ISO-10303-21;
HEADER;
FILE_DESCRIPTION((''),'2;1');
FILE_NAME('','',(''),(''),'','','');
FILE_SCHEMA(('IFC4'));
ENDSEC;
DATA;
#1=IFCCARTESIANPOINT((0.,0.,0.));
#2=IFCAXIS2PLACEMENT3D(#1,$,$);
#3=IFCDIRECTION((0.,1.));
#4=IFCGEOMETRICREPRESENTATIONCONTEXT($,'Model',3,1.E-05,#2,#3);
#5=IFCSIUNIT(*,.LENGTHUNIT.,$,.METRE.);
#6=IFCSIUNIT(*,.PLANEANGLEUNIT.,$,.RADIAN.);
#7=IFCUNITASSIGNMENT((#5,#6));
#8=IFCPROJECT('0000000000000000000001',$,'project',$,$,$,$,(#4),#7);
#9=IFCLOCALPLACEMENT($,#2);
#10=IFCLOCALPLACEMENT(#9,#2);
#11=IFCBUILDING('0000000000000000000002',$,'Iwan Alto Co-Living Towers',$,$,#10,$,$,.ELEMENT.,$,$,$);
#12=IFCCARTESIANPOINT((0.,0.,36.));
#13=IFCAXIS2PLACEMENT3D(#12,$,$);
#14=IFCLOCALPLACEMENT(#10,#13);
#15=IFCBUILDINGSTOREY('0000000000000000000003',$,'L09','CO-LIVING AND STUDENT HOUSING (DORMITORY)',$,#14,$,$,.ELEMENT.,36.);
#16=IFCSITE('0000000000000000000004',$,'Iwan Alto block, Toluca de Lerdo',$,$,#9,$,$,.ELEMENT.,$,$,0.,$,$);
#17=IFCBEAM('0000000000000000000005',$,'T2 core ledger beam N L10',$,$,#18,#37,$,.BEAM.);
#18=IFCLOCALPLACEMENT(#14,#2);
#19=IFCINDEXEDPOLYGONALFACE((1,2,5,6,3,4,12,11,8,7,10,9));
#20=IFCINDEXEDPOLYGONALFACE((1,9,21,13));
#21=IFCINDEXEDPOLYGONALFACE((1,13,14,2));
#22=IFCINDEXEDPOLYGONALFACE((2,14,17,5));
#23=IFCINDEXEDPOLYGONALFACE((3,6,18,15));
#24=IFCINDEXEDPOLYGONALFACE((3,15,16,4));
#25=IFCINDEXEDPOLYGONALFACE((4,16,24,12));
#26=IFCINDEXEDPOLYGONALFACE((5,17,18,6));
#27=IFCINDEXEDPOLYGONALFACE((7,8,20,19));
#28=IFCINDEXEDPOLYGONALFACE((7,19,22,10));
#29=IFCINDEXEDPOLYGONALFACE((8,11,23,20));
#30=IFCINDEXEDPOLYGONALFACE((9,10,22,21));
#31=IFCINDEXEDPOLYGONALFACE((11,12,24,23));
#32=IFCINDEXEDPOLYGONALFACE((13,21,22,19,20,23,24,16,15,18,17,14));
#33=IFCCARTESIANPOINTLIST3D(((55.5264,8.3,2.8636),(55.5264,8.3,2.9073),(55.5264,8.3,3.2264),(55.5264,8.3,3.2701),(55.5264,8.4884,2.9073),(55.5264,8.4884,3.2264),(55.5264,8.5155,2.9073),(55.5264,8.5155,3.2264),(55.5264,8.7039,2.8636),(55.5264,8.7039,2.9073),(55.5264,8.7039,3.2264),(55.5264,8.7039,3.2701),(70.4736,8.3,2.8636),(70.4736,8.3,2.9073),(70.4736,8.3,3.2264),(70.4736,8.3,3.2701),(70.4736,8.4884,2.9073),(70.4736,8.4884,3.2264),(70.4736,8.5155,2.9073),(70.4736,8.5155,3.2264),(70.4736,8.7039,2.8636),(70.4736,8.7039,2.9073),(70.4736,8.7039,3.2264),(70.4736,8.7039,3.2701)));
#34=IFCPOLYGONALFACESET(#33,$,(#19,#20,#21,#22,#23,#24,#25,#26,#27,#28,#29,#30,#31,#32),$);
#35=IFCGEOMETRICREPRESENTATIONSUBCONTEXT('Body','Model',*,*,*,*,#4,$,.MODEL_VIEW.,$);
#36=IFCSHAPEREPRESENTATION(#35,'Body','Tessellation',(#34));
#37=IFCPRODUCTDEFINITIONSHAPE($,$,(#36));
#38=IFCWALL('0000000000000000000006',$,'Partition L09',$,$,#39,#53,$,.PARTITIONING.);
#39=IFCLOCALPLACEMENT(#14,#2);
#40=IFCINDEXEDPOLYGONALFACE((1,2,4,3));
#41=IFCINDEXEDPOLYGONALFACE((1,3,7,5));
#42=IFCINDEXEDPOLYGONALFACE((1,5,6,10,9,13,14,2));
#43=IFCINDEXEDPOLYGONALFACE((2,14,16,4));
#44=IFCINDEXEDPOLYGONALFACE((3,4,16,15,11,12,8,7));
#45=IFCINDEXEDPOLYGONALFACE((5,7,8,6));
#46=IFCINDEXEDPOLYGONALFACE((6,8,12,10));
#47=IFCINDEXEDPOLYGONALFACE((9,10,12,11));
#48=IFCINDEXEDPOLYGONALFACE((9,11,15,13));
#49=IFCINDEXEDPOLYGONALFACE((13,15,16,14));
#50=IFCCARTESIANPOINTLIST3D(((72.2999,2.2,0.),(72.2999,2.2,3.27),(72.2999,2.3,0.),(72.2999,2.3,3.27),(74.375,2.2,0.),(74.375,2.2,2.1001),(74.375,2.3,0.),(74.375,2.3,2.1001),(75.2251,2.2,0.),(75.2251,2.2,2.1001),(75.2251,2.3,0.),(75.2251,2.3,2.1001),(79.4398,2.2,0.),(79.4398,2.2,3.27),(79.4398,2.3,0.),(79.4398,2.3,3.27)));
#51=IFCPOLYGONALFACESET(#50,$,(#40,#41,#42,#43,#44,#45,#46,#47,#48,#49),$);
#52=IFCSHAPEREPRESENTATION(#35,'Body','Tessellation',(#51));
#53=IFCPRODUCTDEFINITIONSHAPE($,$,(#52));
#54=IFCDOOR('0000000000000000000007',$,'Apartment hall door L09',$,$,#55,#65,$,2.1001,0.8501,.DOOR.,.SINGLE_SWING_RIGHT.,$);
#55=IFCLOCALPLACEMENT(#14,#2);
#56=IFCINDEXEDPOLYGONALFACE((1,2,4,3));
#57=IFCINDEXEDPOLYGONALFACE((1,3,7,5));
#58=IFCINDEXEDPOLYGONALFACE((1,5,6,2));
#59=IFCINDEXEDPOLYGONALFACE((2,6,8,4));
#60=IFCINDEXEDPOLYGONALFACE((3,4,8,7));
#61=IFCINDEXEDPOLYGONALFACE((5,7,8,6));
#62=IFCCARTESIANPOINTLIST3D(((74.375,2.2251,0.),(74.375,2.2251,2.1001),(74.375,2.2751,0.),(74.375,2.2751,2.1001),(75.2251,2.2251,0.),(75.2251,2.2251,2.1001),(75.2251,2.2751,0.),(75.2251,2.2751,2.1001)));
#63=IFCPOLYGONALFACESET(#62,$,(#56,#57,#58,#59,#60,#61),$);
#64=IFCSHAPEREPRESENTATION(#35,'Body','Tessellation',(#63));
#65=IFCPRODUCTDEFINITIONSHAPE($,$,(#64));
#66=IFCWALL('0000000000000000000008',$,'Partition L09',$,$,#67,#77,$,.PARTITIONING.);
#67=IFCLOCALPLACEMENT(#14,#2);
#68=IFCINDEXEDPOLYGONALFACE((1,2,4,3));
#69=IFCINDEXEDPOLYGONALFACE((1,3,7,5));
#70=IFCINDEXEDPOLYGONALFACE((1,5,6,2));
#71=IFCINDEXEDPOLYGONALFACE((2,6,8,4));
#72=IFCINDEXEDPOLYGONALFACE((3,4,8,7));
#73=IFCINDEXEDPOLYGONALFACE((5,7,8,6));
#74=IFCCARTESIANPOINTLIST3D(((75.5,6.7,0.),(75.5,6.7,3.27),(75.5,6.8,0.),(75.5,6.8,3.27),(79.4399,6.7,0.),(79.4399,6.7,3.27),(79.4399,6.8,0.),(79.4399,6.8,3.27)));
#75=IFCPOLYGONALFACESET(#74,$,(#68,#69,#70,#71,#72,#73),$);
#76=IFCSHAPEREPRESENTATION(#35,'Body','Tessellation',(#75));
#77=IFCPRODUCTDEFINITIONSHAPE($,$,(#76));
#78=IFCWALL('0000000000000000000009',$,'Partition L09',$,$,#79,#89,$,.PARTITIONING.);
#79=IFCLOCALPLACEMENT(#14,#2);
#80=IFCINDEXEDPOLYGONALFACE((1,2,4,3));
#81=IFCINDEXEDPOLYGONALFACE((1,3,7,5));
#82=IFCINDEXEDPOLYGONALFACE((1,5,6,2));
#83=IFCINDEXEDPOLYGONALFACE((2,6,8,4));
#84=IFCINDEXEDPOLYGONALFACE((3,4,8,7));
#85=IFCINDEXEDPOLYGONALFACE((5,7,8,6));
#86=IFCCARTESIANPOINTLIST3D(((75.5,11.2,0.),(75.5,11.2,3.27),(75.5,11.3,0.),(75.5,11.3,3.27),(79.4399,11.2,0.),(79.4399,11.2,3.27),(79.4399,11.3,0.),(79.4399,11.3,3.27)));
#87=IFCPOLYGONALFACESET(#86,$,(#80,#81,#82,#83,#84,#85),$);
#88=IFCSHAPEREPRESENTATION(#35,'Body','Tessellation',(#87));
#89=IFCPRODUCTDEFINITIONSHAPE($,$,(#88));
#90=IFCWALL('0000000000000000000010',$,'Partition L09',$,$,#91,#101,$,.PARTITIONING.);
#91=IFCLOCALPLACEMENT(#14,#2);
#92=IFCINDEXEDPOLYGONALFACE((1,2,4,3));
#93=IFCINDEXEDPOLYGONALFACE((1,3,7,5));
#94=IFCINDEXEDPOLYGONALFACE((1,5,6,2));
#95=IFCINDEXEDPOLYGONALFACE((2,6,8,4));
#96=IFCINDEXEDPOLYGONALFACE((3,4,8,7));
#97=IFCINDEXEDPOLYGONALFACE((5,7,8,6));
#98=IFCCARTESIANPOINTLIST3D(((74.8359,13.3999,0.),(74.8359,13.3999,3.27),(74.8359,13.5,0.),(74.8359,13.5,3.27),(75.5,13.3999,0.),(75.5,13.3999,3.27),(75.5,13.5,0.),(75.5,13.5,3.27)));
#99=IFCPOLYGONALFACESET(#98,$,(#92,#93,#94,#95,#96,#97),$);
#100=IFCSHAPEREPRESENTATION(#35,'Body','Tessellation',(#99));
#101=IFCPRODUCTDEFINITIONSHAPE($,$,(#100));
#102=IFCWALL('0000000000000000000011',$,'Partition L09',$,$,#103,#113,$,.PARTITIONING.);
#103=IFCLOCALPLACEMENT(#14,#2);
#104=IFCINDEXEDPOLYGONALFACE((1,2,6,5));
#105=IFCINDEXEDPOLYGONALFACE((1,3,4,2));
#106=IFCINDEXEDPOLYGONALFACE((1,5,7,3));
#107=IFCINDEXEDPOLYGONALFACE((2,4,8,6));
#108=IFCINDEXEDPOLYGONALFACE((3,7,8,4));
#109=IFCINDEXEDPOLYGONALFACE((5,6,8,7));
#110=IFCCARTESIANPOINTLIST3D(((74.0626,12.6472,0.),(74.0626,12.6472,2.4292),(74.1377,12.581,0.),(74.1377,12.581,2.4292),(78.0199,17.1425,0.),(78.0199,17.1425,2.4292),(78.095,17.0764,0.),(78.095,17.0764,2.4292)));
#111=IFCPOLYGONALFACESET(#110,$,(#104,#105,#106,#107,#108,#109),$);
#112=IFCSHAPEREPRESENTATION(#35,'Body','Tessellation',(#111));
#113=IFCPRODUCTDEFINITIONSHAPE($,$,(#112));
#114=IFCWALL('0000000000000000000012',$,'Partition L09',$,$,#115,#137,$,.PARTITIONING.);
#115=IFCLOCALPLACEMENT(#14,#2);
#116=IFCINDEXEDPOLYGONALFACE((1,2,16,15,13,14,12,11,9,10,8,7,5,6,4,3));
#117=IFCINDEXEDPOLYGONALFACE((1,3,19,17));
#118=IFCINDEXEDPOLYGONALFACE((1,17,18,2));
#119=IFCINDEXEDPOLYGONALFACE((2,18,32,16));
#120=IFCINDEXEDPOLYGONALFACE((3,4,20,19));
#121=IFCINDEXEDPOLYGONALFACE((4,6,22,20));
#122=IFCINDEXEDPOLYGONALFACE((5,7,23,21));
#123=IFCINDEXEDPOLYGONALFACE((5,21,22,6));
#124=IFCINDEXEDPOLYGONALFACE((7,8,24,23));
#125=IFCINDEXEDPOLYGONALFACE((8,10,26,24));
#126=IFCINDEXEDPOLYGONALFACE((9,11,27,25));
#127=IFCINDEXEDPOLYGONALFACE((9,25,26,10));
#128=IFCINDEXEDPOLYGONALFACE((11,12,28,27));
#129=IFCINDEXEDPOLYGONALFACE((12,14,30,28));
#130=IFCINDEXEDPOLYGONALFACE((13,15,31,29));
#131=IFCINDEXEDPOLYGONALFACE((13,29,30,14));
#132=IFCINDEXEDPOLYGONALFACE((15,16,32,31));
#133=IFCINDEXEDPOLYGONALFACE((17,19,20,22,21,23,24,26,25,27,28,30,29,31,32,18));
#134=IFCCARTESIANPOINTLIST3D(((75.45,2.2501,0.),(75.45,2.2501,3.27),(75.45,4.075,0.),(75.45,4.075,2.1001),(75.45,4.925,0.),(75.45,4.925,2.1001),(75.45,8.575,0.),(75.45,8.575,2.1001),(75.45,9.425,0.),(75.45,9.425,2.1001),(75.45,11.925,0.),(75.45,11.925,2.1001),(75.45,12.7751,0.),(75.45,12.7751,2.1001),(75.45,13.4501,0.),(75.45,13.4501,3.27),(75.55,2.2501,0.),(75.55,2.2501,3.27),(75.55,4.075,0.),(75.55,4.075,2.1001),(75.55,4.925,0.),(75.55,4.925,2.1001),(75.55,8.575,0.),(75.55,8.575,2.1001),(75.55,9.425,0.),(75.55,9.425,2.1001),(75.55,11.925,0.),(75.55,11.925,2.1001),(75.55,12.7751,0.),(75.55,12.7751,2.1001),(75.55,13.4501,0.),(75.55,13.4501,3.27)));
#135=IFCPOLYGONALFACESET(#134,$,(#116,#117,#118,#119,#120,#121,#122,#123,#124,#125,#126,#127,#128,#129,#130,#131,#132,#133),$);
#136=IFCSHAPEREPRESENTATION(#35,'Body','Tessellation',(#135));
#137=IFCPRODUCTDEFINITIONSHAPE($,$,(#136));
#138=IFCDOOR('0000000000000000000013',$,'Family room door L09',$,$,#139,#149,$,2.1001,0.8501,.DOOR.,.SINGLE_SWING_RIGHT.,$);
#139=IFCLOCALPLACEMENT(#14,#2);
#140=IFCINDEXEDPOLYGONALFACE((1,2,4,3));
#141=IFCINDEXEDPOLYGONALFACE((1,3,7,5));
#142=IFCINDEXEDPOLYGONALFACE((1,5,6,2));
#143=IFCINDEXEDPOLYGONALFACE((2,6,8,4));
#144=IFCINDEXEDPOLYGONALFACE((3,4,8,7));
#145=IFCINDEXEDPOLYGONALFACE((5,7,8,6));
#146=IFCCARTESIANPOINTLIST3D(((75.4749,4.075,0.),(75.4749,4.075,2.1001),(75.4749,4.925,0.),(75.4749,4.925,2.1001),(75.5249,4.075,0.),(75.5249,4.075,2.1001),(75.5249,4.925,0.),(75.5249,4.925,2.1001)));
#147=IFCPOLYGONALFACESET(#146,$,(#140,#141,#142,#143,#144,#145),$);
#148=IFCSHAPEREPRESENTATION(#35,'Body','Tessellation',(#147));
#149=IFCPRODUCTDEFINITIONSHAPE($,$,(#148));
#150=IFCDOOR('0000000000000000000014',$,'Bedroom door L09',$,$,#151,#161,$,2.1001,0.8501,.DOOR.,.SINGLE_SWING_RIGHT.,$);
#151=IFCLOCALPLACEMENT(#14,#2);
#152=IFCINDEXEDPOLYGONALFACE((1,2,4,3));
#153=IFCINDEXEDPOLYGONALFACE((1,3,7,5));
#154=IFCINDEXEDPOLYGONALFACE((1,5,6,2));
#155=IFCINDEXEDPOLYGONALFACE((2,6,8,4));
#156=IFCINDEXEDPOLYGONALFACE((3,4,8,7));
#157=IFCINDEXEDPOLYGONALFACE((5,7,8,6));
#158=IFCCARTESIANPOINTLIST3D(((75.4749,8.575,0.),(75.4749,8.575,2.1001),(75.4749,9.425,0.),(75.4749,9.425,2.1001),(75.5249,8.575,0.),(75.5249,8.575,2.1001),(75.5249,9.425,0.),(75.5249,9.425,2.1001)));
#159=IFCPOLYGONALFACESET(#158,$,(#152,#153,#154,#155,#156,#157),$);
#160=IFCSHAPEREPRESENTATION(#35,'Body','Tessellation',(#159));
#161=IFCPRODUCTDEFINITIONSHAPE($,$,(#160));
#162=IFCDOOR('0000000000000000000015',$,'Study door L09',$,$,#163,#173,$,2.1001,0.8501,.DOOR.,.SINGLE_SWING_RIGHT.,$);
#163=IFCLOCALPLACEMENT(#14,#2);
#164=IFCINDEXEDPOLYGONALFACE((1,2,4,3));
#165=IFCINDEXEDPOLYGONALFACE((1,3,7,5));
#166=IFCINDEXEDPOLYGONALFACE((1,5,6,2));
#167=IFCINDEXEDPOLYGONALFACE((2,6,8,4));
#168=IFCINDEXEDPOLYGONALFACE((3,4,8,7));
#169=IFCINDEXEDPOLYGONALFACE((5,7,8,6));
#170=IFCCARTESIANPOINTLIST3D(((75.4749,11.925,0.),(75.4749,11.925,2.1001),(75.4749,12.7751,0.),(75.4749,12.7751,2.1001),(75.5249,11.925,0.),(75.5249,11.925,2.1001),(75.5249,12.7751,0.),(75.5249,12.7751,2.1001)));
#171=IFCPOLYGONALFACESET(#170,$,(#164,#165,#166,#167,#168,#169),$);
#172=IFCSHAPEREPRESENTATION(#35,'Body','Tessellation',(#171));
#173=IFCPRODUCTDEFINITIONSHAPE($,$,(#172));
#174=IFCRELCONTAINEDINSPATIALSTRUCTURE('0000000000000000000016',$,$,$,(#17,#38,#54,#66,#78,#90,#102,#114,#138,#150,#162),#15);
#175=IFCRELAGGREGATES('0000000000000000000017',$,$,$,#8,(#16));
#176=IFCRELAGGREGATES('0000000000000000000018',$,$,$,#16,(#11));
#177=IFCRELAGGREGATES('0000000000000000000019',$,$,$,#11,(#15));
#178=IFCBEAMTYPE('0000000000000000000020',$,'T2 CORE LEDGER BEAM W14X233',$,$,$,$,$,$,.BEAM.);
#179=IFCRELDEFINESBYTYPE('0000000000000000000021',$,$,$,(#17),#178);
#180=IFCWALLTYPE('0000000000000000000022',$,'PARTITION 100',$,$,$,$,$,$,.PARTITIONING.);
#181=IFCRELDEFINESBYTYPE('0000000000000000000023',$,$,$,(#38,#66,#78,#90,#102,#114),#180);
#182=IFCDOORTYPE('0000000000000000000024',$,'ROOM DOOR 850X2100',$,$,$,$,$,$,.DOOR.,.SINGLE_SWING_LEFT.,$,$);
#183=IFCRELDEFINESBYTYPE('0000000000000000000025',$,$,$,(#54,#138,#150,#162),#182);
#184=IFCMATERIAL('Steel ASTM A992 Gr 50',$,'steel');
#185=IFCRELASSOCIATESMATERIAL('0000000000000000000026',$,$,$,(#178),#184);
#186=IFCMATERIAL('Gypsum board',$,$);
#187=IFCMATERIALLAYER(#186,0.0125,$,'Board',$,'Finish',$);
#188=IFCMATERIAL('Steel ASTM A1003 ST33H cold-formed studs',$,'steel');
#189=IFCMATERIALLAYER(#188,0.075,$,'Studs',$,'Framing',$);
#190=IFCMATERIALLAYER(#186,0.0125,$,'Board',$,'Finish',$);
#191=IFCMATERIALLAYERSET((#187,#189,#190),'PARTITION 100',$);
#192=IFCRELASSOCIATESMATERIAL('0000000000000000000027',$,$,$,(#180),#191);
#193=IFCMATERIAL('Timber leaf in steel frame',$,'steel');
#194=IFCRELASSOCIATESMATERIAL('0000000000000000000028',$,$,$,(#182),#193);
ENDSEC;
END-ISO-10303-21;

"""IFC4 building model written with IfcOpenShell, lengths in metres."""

from ifc_helpers import new_model, si_unit, direction, frame, frame_2d, origin, origin_2d, place, context, subcontext, project, spatial, rectangle, i_section, extrude, material, layer, layer_set, material_profile, profile_set, type_object, element, fill, save


model = new_model("IFC4")

# Units and contexts
model_context = context("Model", 3, precision=1e-05, world=origin(), true_north=direction((0.0, 1.0)))
body_context = subcontext(model_context, "Body", "Model", "MODEL_VIEW")
ifc_project = project(units=[si_unit("LENGTHUNIT", "METRE"), si_unit("PLANEANGLEUNIT", "RADIAN")], contexts=[model_context])

# Site, building, storey
site_placement = place(None, origin())
site = spatial("IfcSite", under=ifc_project, at=site_placement, Name="Iwan Alto block, Toluca de Lerdo", CompositionType="ELEMENT", RefElevation=0.0)
building_placement = place(site_placement, origin())
building = spatial("IfcBuilding", under=site, at=building_placement, Name="Iwan Alto Co-Living Towers", CompositionType="ELEMENT")
storey_placement = place(building_placement, frame((0.0, 0.0, 36.0)))
storey = spatial("IfcBuildingStorey", under=building, at=storey_placement, Name="L09", Description="CO-LIVING AND STUDENT HOUSING (DORMITORY)", CompositionType="ELEMENT", Elevation=36.0)

# Beam
ifc_material_1 = material(Name="Steel ASTM A992 Gr 50", Category="steel")
ifc_material_profile = material_profile(ifc_material_1, i_section(OverallWidth=0.4038, OverallDepth=0.4065, WebThickness=0.0271, FlangeThickness=0.0437, at=origin_2d()), Name="W14X233")
ifc_profile_set = profile_set([ifc_material_profile], Name="Steel ASTM A992 Gr 50")
beam_type = type_object("IfcBeamType", Name="T2 CORE LEDGER BEAM W14X233", PredefinedType="BEAM", material=ifc_profile_set)
beam_placement = place(storey_placement, frame((70.4736, 8.502, 3.0669), z_axis=(-1.0, 0.0, 0.0), x_axis=(0.0, -1.0, 0.0)))
element("IfcBeam", 1, at=beam_placement, inside=storey, type_object=beam_type, Name="T2 core ledger beam N L10", PredefinedType="BEAM", context=body_context, shape_type="SweptSolid", body=[
    extrude(i_section(OverallWidth=0.4038, OverallDepth=0.4065, WebThickness=0.0271, FlangeThickness=0.0437, at=origin_2d()), origin(), (0.0, 0.0, 1.0), 14.9473),
])

# Wall, opening, door
ifc_material_2 = material(Name="Gypsum board")
ifc_layer_1 = layer(ifc_material_2, 0.0125, Name="Board", Category="Finish")
ifc_material_3 = material(Name="Steel ASTM A1003 ST33H cold-formed studs", Category="steel")
ifc_layer_2 = layer(ifc_material_3, 0.075, Name="Studs", Category="Framing")
ifc_layer_3 = layer(ifc_material_2, 0.0125, Name="Board", Category="Finish")
ifc_layer_set_1 = layer_set([ifc_layer_1, ifc_layer_2, ifc_layer_3], Name="PARTITION 100")
wall_type_1 = type_object("IfcWallType", Name="PARTITION 100", PredefinedType="PARTITIONING", material=ifc_layer_set_1)
wall_1_placement = place(storey_placement, frame((72.3, 2.25, 0.0), z_axis=(0.0, 0.0, 1.0), x_axis=(1.0, 0.0, 0.0)))
wall_1 = element("IfcWall", 2, at=wall_1_placement, inside=storey, type_object=wall_type_1, Name="Partition L09", PredefinedType="PARTITIONING", context=body_context, shape_type="SweptSolid", body=[
    extrude(rectangle(XDim=7.1399, YDim=0.1001, at=frame_2d((3.5698, 0.0))), origin(), (0.0, 0.0, 1.0), 3.27),
])
opening_1_placement = place(wall_1_placement, frame((2.075, 0.0, 0.0)))
opening_1 = element("IfcOpeningElement", 3, at=opening_1_placement, cuts=wall_1, PredefinedType="OPENING", context=body_context, shape_type="SweptSolid", body=[
    extrude(rectangle(XDim=0.8501, YDim=2.1001, at=frame_2d((0.425, 1.05))), frame((0.0, 0.0601, 0.0), z_axis=(0.0, -1.0, 0.0), x_axis=(1.0, 0.0, 0.0)), (0.0, 0.0, 1.0), 0.1201),
])
ifc_material_4 = material(Name="Timber leaf in steel frame", Category="steel")
door_type_1 = type_object("IfcDoorType", Name="ROOM DOOR 850X2100", OperationType="SINGLE_SWING_LEFT", PredefinedType="DOOR", material=ifc_material_4)
door_1_placement = place(opening_1_placement, frame((0.8501, 0.0, 0.0), z_axis=(0.0, 0.0, 1.0), x_axis=(-1.0, 0.0, 0.0)))
door_1 = element("IfcDoor", 4, at=door_1_placement, inside=storey, type_object=door_type_1, Name="Apartment hall door L09", OperationType="SINGLE_SWING_RIGHT", OverallHeight=2.1001, OverallWidth=0.8501, PredefinedType="DOOR", context=body_context, shape_type="SweptSolid", body=[
    extrude(rectangle(XDim=0.8501, YDim=2.1001, at=frame_2d((0.425, 1.05))), frame((0.0, 0.0249, 0.0), z_axis=(0.0, -1.0, 0.0), x_axis=(1.0, 0.0, 0.0)), (0.0, 0.0, 1.0), 0.05),
])
fill(opening_1, door_1)

# Walls
for number, where, z_axis, x_axis, name in (
    (5, (75.5, 6.75, 0.0), (0.0, 0.0, 1.0), (1.0, 0.0, 0.0), "Partition L09"),
    (6, (75.5, 11.25, 0.0), (0.0, 0.0, 1.0), (1.0, 0.0, 0.0), "Partition L09"),
):
    element("IfcWall", number, at=place(storey_placement, frame(where, z_axis=z_axis, x_axis=x_axis)), inside=storey, type_object=wall_type_1, Name=name, PredefinedType="PARTITIONING", context=body_context, shape_type="SweptSolid", body=[
        extrude(rectangle(XDim=3.9399, YDim=0.1001, at=frame_2d((1.97, 0.0))), origin(), (0.0, 0.0, 1.0), 3.27),
    ])
wall_2_placement = place(storey_placement, frame((74.8359, 13.45, 0.0), z_axis=(0.0, 0.0, 1.0), x_axis=(1.0, 0.0, 0.0)))
element("IfcWall", 7, at=wall_2_placement, inside=storey, type_object=wall_type_1, Name="Partition L09", PredefinedType="PARTITIONING", context=body_context, shape_type="SweptSolid", body=[
    extrude(rectangle(XDim=0.6641, YDim=0.1001, at=frame_2d((0.332, 0.0))), origin(), (0.0, 0.0, 1.0), 3.27),
])
wall_3_placement = place(storey_placement, frame((74.1001, 12.614, 0.0), z_axis=(0.0, 0.0, 1.0), x_axis=(0.660756, 0.750601, 0.0)))
element("IfcWall", 8, at=wall_3_placement, inside=storey, type_object=wall_type_1, Name="Partition L09", PredefinedType="PARTITIONING", context=body_context, shape_type="SweptSolid", body=[
    extrude(rectangle(XDim=5.989, YDim=0.1001, at=frame_2d((2.9946, 0.0))), origin(), (0.0, 0.0, 1.0), 2.4292),
])

# Wall, openings, doors
wall_4_placement = place(storey_placement, frame((75.5, 2.25, 0.0), z_axis=(0.0, 0.0, 1.0), x_axis=(0.0, 1.0, 0.0)))
wall_4 = element("IfcWall", 9, at=wall_4_placement, inside=storey, type_object=wall_type_1, Name="Partition L09", PredefinedType="PARTITIONING", context=body_context, shape_type="SweptSolid", body=[
    extrude(rectangle(XDim=11.2, YDim=0.1001, at=frame_2d((5.6001, 0.0))), origin(), (0.0, 0.0, 1.0), 3.27),
])
opening_2_placement = place(wall_4_placement, frame((1.825, 0.0, 0.0)))
opening_2 = element("IfcOpeningElement", 10, at=opening_2_placement, cuts=wall_4, PredefinedType="OPENING", context=body_context, shape_type="SweptSolid", body=[
    extrude(rectangle(XDim=0.8501, YDim=2.1001, at=frame_2d((0.425, 1.05))), frame((0.0, 0.0601, 0.0), z_axis=(0.0, -1.0, 0.0), x_axis=(1.0, 0.0, 0.0)), (0.0, 0.0, 1.0), 0.1201),
])
opening_3_placement = place(wall_4_placement, frame((6.325, 0.0, 0.0)))
opening_3 = element("IfcOpeningElement", 11, at=opening_3_placement, cuts=wall_4, PredefinedType="OPENING", context=body_context, shape_type="SweptSolid", body=[
    extrude(rectangle(XDim=0.8501, YDim=2.1001, at=frame_2d((0.425, 1.05))), frame((0.0, 0.0601, 0.0), z_axis=(0.0, -1.0, 0.0), x_axis=(1.0, 0.0, 0.0)), (0.0, 0.0, 1.0), 0.1201),
])
opening_4_placement = place(wall_4_placement, frame((9.675, 0.0, 0.0)))
opening_4 = element("IfcOpeningElement", 12, at=opening_4_placement, cuts=wall_4, PredefinedType="OPENING", context=body_context, shape_type="SweptSolid", body=[
    extrude(rectangle(XDim=0.8501, YDim=2.1001, at=frame_2d((0.425, 1.05))), frame((0.0, 0.0601, 0.0), z_axis=(0.0, -1.0, 0.0), x_axis=(1.0, 0.0, 0.0)), (0.0, 0.0, 1.0), 0.1201),
])
door_2_placement = place(opening_2_placement, frame((0.8501, 0.0, 0.0), z_axis=(0.0, 0.0, 1.0), x_axis=(-1.0, 0.0, 0.0)))
door_2 = element("IfcDoor", 13, at=door_2_placement, inside=storey, type_object=door_type_1, Name="Family room door L09", OperationType="SINGLE_SWING_RIGHT", OverallHeight=2.1001, OverallWidth=0.8501, PredefinedType="DOOR", context=body_context, shape_type="SweptSolid", body=[
    extrude(rectangle(XDim=0.8501, YDim=2.1001, at=frame_2d((0.425, 1.05))), frame((0.0, 0.0249, 0.0), z_axis=(0.0, -1.0, 0.0), x_axis=(1.0, 0.0, 0.0)), (0.0, 0.0, 1.0), 0.05),
])
fill(opening_2, door_2)
door_3_placement = place(opening_3_placement, frame((0.8501, 0.0, 0.0), z_axis=(0.0, 0.0, 1.0), x_axis=(-1.0, 0.0, 0.0)))
door_3 = element("IfcDoor", 14, at=door_3_placement, inside=storey, type_object=door_type_1, Name="Bedroom door L09", OperationType="SINGLE_SWING_RIGHT", OverallHeight=2.1001, OverallWidth=0.8501, PredefinedType="DOOR", context=body_context, shape_type="SweptSolid", body=[
    extrude(rectangle(XDim=0.8501, YDim=2.1001, at=frame_2d((0.425, 1.05))), frame((0.0, 0.0249, 0.0), z_axis=(0.0, -1.0, 0.0), x_axis=(1.0, 0.0, 0.0)), (0.0, 0.0, 1.0), 0.05),
])
fill(opening_3, door_3)
door_4_placement = place(opening_4_placement, frame((0.8501, 0.0, 0.0), z_axis=(0.0, 0.0, 1.0), x_axis=(-1.0, 0.0, 0.0)))
door_4 = element("IfcDoor", 15, at=door_4_placement, inside=storey, type_object=door_type_1, Name="Study door L09", OperationType="SINGLE_SWING_RIGHT", OverallHeight=2.1001, OverallWidth=0.8501, PredefinedType="DOOR", context=body_context, shape_type="SweptSolid", body=[
    extrude(rectangle(XDim=0.8501, YDim=2.1001, at=frame_2d((0.425, 1.05))), frame((0.0, 0.0249, 0.0), z_axis=(0.0, -1.0, 0.0), x_axis=(1.0, 0.0, 0.0)), (0.0, 0.0, 1.0), 0.05),
])
fill(opening_4, door_4)

save(model, "model.ifc")
